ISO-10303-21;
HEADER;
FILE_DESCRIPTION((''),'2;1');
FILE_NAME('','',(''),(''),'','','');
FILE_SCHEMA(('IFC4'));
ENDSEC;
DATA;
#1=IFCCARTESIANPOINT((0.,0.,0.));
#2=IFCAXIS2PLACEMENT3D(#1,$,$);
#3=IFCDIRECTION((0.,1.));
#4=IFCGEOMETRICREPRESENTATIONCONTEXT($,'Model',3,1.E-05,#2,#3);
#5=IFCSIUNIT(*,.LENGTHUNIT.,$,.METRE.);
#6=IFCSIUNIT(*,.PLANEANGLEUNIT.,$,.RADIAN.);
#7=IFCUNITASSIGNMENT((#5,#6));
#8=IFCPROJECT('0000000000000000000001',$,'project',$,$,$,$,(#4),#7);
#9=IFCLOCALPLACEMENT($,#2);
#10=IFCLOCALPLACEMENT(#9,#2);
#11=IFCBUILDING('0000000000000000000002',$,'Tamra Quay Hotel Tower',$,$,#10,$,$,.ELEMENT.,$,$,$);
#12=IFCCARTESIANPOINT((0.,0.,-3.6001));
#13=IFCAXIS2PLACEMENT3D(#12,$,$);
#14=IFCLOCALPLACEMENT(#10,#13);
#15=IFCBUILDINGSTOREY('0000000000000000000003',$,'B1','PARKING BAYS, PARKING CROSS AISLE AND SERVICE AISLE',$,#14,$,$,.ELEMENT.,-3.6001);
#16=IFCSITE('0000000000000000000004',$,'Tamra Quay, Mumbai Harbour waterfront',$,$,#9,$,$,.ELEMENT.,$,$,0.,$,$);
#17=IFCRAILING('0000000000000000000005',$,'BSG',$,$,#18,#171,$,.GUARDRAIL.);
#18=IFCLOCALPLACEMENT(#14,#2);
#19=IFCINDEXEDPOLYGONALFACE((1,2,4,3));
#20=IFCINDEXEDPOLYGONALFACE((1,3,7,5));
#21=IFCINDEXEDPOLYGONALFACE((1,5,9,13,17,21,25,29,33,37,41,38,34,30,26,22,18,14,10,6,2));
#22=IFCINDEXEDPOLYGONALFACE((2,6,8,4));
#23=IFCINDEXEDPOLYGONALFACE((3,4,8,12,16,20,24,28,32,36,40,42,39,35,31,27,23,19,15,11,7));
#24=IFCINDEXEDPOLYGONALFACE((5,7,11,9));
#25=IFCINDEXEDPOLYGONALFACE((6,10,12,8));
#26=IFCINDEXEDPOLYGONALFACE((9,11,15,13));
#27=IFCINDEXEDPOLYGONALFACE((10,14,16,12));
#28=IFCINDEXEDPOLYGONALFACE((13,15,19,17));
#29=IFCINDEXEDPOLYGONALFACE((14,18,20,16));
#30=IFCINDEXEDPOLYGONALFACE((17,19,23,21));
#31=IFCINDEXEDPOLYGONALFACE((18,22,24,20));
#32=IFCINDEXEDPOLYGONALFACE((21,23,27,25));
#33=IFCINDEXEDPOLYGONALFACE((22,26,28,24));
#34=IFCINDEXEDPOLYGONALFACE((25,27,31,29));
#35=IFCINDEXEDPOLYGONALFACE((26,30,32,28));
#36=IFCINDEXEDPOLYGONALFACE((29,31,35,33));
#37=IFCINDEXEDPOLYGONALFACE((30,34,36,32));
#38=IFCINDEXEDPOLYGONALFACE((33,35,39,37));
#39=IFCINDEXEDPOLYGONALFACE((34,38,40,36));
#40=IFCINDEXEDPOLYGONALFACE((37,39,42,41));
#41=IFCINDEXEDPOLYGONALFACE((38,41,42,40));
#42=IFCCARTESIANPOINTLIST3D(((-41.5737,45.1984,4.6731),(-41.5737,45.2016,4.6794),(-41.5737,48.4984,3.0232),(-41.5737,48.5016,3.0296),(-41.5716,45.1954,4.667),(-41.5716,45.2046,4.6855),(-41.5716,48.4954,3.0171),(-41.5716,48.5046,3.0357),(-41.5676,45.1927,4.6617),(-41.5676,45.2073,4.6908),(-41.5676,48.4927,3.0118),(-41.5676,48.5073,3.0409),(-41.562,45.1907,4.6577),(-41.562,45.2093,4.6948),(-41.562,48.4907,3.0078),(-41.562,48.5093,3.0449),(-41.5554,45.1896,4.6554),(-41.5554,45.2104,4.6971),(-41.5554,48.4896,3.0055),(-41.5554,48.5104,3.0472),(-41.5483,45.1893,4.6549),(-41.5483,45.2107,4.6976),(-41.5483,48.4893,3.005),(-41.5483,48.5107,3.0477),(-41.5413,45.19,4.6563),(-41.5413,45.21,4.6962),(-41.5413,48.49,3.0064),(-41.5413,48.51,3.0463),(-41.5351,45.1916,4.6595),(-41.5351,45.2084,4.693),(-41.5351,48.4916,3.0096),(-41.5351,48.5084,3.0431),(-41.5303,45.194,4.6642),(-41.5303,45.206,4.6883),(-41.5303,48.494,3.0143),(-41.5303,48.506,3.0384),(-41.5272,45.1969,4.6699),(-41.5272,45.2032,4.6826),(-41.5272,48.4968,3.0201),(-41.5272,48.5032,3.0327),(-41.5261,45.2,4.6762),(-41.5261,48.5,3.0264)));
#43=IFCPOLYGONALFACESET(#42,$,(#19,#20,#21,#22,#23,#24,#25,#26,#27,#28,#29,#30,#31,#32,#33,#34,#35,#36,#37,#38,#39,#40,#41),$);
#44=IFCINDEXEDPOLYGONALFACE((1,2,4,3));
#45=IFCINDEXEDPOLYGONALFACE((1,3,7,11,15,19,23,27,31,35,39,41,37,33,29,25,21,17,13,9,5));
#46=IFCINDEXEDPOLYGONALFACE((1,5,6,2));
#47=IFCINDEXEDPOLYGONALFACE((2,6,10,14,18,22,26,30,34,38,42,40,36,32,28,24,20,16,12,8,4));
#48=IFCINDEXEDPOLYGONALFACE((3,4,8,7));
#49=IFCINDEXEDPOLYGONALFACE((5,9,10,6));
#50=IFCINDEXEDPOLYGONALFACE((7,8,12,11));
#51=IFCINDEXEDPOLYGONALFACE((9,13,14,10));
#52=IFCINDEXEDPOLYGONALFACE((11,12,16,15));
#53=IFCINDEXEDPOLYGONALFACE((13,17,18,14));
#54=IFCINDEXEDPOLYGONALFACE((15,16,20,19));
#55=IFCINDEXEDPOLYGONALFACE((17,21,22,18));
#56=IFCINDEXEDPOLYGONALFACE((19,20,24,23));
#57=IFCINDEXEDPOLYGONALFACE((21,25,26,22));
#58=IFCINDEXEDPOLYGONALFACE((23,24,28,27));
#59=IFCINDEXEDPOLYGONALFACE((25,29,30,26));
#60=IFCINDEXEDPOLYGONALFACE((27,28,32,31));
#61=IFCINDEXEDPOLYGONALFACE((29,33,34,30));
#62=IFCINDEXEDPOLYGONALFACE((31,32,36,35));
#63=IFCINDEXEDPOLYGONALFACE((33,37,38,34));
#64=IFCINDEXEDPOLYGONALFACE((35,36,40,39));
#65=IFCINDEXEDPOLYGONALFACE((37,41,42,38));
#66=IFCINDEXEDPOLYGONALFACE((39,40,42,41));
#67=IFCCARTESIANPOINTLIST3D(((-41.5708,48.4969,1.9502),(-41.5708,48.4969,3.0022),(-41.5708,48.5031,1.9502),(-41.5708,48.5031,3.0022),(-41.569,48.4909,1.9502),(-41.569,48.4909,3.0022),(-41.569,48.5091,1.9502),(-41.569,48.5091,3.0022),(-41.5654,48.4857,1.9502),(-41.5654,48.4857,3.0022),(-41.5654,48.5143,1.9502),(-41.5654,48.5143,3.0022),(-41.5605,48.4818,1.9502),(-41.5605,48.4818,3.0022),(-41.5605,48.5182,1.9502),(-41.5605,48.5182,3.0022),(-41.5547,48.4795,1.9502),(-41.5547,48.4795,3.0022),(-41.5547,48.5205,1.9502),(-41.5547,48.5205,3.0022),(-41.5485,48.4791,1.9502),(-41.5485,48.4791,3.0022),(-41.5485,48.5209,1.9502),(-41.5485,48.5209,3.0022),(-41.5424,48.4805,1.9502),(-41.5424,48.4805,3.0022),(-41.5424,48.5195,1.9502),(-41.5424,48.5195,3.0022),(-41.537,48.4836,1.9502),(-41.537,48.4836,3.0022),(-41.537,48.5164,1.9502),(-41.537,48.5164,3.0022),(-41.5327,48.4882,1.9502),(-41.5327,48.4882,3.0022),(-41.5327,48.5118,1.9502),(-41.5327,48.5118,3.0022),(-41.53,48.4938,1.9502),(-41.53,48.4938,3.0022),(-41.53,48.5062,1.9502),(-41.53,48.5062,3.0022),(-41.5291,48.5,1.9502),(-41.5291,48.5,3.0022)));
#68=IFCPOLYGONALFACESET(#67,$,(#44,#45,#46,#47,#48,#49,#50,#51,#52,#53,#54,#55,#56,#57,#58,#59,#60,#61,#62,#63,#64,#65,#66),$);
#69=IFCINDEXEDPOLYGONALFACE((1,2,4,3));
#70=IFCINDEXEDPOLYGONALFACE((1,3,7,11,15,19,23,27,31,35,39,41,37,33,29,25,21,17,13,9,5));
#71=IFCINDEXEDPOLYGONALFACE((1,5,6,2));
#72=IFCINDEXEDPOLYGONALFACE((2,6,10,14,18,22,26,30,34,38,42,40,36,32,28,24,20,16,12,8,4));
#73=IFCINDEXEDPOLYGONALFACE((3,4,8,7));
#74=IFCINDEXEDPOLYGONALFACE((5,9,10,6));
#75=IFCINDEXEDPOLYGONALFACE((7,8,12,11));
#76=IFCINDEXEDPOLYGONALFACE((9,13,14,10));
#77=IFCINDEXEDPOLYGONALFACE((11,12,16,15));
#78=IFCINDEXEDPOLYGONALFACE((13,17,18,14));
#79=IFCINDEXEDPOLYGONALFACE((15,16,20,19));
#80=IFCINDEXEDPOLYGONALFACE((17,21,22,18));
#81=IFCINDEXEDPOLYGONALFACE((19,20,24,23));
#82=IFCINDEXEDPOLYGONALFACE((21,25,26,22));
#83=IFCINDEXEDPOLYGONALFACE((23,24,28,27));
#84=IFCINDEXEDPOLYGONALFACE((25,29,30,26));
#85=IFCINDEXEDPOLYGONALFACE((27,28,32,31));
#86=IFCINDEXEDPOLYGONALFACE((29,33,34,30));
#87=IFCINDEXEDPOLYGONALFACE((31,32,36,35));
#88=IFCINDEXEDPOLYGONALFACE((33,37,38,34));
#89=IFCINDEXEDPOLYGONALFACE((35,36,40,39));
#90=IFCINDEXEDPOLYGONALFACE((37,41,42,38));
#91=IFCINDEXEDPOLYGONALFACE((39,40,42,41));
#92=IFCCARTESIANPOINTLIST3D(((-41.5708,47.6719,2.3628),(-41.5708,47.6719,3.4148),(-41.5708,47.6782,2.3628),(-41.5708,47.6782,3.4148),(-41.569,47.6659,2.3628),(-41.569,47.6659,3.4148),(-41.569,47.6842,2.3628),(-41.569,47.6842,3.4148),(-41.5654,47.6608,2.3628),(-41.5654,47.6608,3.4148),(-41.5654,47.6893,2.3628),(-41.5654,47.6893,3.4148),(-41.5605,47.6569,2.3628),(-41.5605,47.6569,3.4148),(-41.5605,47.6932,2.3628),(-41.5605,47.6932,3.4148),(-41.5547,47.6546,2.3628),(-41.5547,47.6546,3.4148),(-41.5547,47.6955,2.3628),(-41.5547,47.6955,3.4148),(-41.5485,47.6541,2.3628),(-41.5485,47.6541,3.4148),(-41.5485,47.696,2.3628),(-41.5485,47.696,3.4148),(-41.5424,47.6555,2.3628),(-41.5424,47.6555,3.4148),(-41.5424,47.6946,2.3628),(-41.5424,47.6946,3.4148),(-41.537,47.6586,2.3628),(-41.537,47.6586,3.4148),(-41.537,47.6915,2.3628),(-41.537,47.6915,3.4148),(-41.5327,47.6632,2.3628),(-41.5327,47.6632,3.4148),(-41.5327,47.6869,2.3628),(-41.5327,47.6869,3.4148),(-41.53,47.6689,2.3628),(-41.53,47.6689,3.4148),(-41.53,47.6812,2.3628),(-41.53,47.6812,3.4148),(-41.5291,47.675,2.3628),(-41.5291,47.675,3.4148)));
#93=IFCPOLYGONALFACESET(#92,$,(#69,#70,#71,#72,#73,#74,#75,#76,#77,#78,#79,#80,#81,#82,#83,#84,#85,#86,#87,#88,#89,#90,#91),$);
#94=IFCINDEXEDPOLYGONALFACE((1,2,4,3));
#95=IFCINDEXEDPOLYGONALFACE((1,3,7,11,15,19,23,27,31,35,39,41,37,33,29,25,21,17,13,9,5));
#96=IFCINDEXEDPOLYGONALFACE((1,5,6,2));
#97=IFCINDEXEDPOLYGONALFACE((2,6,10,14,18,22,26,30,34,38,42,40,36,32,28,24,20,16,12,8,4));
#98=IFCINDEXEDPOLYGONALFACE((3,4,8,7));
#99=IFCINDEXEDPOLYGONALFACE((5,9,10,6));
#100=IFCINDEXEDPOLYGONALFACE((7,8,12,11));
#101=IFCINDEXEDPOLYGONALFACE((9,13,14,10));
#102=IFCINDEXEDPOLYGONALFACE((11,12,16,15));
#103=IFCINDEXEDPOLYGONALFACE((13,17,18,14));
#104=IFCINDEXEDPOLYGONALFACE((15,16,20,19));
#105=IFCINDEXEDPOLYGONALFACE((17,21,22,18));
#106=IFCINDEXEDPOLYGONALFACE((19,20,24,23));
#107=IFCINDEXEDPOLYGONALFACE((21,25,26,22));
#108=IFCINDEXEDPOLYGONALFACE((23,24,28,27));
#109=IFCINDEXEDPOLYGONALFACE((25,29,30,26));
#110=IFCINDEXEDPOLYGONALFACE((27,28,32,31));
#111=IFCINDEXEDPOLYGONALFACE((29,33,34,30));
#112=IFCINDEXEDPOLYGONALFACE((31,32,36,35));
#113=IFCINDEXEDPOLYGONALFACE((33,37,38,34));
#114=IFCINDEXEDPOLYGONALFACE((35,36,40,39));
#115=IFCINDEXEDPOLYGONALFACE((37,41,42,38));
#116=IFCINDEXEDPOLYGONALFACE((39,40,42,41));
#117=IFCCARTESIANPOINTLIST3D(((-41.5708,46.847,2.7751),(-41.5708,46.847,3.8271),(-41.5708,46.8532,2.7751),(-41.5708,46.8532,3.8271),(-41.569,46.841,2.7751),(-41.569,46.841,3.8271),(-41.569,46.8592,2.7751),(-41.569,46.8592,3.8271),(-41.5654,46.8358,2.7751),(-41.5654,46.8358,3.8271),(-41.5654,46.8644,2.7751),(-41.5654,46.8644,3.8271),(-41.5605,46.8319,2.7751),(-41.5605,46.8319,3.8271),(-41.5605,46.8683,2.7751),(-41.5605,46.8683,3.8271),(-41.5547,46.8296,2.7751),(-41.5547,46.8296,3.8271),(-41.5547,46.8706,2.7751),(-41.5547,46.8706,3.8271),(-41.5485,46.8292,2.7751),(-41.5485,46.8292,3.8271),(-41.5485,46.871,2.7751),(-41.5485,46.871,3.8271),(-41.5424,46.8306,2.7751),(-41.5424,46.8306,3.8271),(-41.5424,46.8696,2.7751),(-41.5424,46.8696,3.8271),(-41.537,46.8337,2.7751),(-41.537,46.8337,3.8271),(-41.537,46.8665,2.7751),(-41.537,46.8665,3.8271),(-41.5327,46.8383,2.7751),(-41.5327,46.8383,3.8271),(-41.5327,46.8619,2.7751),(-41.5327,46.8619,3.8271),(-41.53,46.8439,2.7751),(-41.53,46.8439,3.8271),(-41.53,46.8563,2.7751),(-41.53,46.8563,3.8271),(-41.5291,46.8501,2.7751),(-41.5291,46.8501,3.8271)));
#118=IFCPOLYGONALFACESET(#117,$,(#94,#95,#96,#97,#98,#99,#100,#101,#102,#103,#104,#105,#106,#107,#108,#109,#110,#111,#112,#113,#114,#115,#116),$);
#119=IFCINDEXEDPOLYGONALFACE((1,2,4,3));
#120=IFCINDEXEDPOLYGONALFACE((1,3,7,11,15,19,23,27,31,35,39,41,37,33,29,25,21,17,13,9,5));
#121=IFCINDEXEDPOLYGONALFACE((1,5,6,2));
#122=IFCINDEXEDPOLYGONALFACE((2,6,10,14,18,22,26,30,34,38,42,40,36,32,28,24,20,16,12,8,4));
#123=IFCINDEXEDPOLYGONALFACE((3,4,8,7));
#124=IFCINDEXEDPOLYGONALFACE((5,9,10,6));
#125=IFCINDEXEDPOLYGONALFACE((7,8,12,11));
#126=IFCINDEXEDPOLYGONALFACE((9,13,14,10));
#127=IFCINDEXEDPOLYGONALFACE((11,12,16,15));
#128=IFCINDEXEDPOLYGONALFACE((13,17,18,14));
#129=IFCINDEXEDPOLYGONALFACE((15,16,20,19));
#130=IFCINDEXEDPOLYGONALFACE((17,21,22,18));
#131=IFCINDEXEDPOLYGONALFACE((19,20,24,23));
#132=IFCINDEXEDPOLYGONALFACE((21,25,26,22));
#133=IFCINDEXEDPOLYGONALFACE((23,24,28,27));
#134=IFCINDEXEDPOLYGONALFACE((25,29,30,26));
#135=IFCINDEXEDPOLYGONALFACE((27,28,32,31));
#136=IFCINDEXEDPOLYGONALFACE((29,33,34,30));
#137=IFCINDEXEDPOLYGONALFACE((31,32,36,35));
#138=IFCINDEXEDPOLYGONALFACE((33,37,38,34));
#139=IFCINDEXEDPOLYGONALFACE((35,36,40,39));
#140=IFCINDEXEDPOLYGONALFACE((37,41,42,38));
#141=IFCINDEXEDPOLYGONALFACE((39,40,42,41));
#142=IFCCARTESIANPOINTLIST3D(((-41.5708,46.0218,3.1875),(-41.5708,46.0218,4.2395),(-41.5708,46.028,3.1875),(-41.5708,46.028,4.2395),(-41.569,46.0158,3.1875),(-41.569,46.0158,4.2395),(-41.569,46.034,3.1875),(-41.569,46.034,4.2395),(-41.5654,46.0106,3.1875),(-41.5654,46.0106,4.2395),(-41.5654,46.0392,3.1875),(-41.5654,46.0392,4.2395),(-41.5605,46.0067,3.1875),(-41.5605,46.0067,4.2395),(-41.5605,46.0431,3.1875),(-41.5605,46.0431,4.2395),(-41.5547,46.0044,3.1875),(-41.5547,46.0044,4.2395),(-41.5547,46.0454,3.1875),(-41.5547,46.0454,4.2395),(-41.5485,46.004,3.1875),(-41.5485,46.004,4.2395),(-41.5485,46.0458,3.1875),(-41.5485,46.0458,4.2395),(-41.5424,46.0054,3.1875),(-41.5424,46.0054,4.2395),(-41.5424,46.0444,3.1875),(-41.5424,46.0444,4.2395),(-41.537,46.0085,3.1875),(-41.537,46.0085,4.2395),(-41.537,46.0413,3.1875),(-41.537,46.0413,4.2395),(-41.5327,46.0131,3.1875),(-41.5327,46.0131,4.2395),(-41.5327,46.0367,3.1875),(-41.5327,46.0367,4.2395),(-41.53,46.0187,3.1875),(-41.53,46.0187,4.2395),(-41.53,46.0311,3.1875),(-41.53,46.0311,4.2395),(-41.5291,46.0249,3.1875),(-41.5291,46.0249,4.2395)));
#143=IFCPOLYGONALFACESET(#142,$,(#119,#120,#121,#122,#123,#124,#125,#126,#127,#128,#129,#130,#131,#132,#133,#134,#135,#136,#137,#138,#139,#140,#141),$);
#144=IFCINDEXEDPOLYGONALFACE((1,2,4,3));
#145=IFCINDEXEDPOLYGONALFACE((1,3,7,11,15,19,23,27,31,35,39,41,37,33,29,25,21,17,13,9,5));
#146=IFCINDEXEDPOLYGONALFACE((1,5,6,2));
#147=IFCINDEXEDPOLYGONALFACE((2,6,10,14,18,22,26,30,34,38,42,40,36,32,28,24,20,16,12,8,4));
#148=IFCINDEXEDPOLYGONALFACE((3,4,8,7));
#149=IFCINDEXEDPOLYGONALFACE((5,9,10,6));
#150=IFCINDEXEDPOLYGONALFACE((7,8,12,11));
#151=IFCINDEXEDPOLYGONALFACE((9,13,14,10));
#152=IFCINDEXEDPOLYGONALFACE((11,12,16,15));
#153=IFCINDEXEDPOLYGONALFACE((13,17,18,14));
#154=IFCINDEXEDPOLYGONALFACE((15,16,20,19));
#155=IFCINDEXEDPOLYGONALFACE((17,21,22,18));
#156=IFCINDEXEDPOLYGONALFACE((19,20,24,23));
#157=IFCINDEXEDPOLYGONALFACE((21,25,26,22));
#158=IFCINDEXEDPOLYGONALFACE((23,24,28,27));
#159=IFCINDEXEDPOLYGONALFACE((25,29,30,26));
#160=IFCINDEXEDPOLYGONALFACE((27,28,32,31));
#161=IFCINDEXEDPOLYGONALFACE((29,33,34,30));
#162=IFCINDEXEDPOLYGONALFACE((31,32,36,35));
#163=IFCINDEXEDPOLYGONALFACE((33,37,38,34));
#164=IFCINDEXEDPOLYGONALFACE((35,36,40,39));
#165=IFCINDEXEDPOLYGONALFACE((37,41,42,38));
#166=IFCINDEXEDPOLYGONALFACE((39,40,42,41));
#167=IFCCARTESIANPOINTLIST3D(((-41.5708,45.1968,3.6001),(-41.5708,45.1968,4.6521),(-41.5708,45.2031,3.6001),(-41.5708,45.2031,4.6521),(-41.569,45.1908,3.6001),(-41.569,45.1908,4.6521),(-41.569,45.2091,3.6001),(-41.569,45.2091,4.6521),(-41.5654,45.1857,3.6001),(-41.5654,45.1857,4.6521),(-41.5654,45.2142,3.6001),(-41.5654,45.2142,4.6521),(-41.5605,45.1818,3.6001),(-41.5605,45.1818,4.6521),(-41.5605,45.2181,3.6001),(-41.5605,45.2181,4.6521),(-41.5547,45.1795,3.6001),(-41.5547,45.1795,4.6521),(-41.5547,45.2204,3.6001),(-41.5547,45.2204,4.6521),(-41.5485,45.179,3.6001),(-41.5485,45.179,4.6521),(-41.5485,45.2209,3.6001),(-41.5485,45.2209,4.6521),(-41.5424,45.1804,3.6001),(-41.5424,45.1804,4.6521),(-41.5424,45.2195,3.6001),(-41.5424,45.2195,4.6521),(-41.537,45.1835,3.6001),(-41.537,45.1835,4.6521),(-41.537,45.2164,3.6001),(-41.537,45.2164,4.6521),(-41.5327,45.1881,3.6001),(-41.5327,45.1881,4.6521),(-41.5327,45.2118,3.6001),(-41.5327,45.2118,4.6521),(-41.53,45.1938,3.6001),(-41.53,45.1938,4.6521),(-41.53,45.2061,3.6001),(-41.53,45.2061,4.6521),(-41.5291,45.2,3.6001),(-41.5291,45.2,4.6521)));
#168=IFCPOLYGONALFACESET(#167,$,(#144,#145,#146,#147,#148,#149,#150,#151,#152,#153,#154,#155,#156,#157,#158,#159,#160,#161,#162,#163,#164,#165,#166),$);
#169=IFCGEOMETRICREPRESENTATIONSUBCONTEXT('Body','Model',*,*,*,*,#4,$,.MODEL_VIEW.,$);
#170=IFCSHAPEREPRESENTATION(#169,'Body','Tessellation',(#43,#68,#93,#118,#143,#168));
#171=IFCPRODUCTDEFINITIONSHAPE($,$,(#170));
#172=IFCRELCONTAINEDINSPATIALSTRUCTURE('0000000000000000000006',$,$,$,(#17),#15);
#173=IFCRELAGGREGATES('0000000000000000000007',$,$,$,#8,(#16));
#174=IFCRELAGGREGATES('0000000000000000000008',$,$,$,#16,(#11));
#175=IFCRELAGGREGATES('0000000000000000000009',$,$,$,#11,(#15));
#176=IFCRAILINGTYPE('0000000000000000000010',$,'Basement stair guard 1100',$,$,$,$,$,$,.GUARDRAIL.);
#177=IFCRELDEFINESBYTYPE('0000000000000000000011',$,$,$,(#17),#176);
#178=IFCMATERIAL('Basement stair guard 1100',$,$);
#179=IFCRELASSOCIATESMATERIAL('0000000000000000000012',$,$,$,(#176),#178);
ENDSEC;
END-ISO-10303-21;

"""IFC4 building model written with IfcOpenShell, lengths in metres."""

from ifc_helpers import new_model, si_unit, direction, frame, origin, origin_2d, place, context, subcontext, project, spatial, circle, extrude, material, type_object, element, save


model = new_model("IFC4")

# Units and contexts
model_context = context("Model", 3, precision=1e-05, world=origin(), true_north=direction((0.0, 1.0)))
body_context = subcontext(model_context, "Body", "Model", "MODEL_VIEW")
ifc_project = project(units=[si_unit("LENGTHUNIT", "METRE"), si_unit("PLANEANGLEUNIT", "RADIAN")], contexts=[model_context])

# Site, building, storey
site_placement = place(None, origin())
site = spatial("IfcSite", under=ifc_project, at=site_placement, Name="Tamra Quay, Mumbai Harbour waterfront", CompositionType="ELEMENT", RefElevation=0.0)
building_placement = place(site_placement, origin())
building = spatial("IfcBuilding", under=site, at=building_placement, Name="Tamra Quay Hotel Tower", CompositionType="ELEMENT")
storey_placement = place(building_placement, frame((0.0, 0.0, -3.6001)))
storey = spatial("IfcBuildingStorey", under=building, at=storey_placement, Name="B1", Description="PARKING BAYS, PARKING CROSS AISLE AND SERVICE AISLE", CompositionType="ELEMENT", Elevation=-3.6001)

# Railing
ifc_material_1 = material(Name="Basement stair guard 1100")
railing_type_1 = type_object("IfcRailingType", Name="Basement stair guard 1100", PredefinedType="GUARDRAIL", material=ifc_material_1)
railing_1_placement = place(storey_placement, frame((-41.55, 48.5, 1.9502)))
element("IfcRailing", 1, at=railing_1_placement, inside=storey, type_object=railing_type_1, Name="BSG", PredefinedType="GUARDRAIL", context=body_context, shape_type="SweptSolid", body=[
    extrude(circle(Radius=0.0239, at=origin_2d()), frame((0.0, 0.0, 1.0762), z_axis=(0.0, -0.89444, 0.447187), x_axis=(1.0, 0.0, 0.0)), (0.0, 0.0, 1.0), 3.6895),
    extrude(circle(Radius=0.021, at=origin_2d()), origin(), (0.0, 0.0, 1.0), 1.052),
    extrude(circle(Radius=0.021, at=origin_2d()), frame((0.0, -0.825, 0.4126)), (0.0, 0.0, 1.0), 1.052),
    extrude(circle(Radius=0.021, at=origin_2d()), frame((0.0, -1.6499, 0.825)), (0.0, 0.0, 1.0), 1.052),
    extrude(circle(Radius=0.021, at=origin_2d()), frame((0.0, -2.4751, 1.2373)), (0.0, 0.0, 1.0), 1.052),
    extrude(circle(Radius=0.021, at=origin_2d()), frame((0.0, -3.3, 1.6499)), (0.0, 0.0, 1.0), 1.052),
])

save(model, "model.ifc")
